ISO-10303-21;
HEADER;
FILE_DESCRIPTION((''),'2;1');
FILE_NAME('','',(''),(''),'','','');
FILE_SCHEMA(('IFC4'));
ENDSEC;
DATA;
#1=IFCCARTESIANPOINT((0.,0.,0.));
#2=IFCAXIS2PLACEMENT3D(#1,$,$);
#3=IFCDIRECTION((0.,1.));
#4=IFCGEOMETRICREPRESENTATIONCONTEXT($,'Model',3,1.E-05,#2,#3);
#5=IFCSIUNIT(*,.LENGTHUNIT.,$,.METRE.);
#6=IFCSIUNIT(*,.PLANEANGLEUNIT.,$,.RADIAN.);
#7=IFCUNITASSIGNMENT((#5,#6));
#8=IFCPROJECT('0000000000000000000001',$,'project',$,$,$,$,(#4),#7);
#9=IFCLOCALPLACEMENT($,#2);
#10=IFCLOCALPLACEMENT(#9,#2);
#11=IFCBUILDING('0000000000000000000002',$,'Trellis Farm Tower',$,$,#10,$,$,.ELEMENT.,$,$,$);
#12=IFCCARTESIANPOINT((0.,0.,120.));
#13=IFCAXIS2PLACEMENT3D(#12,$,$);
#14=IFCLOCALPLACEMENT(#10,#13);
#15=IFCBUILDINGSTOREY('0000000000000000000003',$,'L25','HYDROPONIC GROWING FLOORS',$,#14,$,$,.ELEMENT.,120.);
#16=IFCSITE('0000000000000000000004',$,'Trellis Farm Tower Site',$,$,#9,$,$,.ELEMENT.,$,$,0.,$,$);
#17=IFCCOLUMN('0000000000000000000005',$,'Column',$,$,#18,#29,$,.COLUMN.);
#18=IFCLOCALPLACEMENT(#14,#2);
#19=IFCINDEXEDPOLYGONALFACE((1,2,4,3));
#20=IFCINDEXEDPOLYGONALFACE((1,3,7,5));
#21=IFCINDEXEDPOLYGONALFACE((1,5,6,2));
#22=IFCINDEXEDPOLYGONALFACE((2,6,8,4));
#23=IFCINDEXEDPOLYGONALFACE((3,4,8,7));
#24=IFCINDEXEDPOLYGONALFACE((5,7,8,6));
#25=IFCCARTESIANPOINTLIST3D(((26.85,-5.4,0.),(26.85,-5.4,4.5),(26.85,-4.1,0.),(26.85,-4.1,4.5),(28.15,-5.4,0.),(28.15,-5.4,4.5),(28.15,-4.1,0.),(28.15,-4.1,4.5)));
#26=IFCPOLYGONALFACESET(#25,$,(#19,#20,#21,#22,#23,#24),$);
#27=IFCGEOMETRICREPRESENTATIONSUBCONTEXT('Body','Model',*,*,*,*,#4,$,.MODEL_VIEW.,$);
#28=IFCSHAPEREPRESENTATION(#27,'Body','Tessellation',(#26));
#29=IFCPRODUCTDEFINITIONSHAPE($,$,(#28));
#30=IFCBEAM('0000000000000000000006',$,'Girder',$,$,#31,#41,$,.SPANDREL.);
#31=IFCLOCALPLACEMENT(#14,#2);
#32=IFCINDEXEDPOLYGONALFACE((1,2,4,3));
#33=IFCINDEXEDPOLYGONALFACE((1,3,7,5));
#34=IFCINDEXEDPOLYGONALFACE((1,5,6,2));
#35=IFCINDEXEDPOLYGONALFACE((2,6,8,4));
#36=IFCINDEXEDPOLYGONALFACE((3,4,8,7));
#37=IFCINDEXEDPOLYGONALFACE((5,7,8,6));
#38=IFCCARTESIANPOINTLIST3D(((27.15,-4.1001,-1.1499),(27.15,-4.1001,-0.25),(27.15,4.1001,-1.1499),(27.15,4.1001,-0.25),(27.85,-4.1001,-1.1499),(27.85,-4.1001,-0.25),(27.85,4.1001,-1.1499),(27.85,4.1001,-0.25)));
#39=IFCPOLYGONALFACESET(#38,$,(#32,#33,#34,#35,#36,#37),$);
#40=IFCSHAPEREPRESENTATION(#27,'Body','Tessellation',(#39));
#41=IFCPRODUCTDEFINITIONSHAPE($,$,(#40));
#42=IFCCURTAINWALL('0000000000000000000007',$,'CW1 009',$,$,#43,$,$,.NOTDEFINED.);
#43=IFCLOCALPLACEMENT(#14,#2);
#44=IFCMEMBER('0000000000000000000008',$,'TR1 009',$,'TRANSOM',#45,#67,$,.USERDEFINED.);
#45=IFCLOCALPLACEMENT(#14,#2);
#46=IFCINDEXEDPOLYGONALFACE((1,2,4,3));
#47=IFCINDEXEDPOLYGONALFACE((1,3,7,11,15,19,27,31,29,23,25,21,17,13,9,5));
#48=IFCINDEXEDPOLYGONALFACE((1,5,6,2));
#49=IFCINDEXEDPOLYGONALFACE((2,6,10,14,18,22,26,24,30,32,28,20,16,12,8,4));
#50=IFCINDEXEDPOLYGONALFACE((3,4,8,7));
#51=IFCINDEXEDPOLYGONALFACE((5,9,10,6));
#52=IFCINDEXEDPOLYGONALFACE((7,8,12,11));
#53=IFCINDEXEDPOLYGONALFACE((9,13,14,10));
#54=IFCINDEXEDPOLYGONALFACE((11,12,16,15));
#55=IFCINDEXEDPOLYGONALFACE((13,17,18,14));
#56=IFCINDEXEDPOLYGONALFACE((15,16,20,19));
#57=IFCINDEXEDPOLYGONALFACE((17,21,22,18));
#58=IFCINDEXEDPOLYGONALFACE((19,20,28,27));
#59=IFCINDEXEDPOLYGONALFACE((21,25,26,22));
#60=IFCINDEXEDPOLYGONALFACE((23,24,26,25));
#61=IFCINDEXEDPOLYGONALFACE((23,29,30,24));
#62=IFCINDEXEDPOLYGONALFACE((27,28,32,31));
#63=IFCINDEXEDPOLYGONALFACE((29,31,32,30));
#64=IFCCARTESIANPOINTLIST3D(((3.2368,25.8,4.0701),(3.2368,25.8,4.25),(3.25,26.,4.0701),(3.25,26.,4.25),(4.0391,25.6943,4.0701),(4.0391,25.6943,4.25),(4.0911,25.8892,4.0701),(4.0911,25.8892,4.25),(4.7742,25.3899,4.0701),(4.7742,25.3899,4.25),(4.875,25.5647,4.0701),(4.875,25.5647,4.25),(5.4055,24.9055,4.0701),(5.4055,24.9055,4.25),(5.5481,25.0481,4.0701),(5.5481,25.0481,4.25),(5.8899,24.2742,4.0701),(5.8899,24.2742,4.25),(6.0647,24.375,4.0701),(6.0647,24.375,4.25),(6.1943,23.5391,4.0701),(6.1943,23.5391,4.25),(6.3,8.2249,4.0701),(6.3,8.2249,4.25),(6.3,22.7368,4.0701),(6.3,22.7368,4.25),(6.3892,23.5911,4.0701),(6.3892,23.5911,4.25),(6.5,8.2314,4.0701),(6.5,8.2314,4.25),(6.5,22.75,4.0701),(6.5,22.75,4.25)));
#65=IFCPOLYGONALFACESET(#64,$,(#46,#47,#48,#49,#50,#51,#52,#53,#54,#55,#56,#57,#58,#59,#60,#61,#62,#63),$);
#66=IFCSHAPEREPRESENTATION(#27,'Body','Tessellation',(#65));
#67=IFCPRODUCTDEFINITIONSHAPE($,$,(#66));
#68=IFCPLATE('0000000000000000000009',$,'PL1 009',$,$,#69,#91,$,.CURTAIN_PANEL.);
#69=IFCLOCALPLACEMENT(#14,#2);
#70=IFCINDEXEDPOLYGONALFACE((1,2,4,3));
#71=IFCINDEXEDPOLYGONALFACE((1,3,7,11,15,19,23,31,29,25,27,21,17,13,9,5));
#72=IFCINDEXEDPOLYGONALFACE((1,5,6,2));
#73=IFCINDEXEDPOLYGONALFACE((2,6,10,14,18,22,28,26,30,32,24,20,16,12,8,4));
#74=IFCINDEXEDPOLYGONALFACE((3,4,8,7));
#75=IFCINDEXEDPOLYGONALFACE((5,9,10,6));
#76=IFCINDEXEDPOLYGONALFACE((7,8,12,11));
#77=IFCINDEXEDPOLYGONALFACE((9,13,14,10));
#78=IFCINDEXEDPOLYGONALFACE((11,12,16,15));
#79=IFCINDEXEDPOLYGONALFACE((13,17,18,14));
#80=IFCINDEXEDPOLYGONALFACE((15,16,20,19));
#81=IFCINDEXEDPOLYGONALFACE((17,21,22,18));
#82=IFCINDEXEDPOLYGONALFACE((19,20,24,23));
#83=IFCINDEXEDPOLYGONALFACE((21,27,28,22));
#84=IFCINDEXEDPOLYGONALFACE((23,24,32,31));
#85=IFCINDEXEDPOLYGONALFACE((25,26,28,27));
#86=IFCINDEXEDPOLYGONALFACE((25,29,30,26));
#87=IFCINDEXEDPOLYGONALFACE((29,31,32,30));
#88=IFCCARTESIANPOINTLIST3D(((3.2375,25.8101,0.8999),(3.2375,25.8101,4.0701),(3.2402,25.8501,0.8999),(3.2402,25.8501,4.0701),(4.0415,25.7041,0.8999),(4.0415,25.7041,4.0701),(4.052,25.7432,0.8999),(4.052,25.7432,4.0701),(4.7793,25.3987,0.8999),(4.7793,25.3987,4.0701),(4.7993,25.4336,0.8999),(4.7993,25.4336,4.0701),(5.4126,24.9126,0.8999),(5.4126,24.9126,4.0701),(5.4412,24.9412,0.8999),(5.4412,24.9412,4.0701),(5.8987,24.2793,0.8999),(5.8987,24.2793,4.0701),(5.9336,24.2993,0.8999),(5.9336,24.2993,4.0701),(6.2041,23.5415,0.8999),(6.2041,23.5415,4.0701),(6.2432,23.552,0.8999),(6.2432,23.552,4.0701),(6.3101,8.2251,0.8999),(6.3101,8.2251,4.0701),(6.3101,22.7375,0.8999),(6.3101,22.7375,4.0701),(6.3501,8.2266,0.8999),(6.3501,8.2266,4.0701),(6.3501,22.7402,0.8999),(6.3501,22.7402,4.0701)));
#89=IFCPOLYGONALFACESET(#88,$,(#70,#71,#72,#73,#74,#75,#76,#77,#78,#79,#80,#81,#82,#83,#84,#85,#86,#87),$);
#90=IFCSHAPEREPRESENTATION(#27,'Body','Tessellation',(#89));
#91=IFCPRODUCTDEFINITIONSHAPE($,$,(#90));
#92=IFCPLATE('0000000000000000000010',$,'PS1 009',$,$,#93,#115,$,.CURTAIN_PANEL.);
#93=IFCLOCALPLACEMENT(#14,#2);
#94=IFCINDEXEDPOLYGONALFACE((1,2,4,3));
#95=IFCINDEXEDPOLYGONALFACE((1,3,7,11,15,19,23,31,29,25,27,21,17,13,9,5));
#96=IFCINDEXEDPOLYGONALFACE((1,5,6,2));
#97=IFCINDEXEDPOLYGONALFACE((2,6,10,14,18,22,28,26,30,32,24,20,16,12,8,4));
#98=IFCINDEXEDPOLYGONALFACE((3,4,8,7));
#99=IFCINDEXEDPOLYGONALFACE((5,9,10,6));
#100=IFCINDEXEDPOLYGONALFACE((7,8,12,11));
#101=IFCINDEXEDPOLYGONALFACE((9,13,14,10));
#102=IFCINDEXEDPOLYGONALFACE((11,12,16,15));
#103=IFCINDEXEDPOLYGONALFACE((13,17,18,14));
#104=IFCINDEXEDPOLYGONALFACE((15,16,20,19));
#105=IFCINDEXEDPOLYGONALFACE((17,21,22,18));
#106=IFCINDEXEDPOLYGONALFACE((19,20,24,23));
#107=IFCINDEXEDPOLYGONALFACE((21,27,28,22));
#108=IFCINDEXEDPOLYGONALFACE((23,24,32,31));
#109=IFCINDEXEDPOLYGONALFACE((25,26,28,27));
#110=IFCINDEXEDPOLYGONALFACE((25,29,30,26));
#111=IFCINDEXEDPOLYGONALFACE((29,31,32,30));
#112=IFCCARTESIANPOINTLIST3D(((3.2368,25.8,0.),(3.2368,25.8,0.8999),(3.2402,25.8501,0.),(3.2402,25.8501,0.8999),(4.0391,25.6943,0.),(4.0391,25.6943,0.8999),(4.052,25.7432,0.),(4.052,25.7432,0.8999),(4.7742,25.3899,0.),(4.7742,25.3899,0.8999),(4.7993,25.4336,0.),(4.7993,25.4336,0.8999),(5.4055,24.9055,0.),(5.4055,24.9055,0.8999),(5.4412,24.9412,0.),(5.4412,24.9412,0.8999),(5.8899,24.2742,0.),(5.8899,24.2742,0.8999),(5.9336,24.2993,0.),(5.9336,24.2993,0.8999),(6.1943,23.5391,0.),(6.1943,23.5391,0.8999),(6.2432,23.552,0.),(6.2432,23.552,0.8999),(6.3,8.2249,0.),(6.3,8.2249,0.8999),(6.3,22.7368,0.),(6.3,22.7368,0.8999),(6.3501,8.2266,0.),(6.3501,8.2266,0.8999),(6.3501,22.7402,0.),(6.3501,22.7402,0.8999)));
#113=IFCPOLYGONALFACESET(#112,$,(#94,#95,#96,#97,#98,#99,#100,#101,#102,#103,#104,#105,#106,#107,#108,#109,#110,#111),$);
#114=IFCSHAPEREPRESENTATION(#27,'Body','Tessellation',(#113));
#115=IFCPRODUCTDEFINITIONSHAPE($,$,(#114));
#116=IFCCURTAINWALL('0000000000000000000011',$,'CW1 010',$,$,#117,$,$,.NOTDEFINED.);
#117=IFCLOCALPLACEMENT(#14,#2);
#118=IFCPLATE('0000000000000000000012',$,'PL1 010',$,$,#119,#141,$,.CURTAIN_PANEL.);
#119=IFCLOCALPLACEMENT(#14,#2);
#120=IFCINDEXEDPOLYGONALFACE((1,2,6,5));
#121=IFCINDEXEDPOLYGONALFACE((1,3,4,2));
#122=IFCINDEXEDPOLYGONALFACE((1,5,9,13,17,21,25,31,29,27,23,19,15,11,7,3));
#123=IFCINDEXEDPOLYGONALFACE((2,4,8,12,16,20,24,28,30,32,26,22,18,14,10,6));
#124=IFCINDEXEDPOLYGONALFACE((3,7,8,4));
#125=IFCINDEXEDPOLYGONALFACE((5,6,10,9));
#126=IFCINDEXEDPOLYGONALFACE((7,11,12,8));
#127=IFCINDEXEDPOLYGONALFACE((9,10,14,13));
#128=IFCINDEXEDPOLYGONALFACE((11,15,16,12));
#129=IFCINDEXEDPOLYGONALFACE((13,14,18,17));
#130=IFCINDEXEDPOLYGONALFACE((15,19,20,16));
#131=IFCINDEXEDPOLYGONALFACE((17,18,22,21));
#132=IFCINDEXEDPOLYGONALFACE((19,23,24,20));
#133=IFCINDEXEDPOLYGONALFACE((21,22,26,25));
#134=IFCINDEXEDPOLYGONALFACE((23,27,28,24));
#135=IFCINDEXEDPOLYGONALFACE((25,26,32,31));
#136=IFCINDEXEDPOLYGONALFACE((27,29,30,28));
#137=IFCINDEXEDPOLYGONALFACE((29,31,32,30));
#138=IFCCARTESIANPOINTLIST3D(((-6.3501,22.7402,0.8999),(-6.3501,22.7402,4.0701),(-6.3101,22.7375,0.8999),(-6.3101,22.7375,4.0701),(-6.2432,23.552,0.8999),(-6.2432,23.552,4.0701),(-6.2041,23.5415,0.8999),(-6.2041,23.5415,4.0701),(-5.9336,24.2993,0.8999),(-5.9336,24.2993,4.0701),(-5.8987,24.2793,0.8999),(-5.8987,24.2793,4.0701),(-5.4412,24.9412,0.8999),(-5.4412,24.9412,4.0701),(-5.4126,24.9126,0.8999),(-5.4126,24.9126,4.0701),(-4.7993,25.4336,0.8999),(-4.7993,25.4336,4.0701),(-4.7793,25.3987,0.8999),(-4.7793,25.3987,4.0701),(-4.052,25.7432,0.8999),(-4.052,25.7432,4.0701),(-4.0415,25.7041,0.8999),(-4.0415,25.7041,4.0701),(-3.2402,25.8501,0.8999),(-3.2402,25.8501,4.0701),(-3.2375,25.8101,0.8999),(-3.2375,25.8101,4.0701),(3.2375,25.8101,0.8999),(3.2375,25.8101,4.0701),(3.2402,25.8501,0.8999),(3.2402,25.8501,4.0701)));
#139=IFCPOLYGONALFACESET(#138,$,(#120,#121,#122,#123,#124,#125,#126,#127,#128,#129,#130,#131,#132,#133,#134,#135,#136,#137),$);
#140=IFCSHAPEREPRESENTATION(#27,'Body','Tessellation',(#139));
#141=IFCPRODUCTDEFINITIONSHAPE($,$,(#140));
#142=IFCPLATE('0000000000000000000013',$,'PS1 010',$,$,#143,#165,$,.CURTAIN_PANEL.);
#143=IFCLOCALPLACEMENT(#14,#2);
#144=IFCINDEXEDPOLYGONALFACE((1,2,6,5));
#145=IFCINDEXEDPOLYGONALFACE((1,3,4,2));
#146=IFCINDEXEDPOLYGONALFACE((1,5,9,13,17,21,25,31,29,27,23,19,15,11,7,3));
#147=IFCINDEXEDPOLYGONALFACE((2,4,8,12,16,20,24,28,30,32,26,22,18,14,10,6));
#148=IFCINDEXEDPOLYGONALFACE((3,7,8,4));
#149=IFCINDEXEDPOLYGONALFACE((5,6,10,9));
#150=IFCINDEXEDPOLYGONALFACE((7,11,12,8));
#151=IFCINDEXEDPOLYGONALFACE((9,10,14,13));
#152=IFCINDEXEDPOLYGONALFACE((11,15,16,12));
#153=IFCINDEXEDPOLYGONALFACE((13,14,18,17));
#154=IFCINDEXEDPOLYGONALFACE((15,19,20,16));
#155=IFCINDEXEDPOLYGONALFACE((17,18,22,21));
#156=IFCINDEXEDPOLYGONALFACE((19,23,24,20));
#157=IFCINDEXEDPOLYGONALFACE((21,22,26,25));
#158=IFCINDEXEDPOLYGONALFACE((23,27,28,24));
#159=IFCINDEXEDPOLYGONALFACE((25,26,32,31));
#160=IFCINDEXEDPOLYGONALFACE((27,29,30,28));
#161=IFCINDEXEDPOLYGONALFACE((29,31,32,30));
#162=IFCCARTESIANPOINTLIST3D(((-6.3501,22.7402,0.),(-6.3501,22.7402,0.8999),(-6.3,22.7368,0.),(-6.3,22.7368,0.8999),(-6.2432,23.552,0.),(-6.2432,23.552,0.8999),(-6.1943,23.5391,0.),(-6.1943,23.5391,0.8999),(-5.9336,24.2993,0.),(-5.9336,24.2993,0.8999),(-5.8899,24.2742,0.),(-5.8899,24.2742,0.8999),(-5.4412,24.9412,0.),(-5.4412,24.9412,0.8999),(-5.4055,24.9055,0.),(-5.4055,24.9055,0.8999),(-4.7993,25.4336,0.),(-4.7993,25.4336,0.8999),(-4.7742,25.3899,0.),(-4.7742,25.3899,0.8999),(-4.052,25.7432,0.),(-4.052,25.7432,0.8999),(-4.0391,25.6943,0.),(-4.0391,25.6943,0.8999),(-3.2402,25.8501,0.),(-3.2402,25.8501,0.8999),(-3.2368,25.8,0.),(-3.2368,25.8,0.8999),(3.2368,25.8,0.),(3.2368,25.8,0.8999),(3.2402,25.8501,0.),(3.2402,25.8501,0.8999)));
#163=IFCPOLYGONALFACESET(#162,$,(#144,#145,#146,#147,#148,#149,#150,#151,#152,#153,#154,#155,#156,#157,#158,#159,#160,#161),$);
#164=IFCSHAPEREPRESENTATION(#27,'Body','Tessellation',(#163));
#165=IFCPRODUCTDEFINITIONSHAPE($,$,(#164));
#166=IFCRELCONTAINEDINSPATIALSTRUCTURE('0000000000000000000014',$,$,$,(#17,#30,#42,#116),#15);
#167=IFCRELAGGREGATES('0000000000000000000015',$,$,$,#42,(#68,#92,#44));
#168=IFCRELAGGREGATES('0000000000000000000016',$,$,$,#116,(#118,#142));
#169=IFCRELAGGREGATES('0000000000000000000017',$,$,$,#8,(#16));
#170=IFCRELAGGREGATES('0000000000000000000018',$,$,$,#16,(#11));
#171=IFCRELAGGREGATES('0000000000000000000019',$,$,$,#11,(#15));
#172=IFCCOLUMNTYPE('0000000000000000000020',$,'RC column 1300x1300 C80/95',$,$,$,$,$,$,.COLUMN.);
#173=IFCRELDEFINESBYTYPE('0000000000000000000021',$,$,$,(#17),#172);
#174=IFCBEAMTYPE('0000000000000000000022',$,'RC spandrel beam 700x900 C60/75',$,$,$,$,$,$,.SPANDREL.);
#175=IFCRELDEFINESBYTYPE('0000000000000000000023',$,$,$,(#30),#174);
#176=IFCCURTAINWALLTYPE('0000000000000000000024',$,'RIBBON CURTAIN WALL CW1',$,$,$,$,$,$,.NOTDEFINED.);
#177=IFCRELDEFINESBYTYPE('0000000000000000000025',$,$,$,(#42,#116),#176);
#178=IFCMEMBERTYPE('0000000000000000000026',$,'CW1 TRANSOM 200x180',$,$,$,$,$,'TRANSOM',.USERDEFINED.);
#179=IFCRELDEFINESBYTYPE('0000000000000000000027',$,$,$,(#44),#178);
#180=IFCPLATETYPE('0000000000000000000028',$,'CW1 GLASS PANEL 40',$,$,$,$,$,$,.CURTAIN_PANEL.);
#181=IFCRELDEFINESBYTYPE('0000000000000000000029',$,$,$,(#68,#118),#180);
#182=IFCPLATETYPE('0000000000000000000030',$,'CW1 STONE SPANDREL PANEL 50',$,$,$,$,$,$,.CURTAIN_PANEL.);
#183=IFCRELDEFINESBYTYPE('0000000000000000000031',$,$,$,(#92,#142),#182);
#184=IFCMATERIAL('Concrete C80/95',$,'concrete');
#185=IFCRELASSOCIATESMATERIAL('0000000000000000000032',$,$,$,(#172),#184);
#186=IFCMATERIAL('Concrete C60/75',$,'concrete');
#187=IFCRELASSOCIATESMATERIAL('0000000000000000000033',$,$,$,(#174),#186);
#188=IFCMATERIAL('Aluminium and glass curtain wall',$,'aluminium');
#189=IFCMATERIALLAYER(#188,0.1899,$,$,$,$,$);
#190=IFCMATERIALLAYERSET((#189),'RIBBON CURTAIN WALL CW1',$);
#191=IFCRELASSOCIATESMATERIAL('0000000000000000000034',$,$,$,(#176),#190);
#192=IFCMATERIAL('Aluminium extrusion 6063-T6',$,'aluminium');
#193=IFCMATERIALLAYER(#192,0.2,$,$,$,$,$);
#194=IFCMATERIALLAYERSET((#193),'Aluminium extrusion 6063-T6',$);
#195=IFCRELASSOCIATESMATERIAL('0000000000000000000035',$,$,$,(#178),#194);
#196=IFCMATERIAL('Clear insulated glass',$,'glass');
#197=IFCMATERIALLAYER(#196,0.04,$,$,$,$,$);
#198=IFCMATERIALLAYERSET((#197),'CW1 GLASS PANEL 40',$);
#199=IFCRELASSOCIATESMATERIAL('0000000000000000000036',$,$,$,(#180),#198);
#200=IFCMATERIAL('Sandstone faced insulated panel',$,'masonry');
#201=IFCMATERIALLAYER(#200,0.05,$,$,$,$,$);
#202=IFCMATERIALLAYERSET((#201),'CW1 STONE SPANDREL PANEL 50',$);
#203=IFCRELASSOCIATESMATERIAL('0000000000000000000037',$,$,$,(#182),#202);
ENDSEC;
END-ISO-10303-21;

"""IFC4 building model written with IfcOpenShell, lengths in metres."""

from ifc_helpers import new_model, si_unit, direction, frame, origin, origin_2d, place, context, subcontext, project, spatial, polyline, rectangle, outline, extrude, source, transform, mapped, material, layer, layer_set, material_profile, profile_set, type_object, element, aggregate, save


model = new_model("IFC4")

# Units and contexts
model_context = context("Model", 3, precision=1e-05, world=origin(), true_north=direction((0.0, 1.0)))
body_context = subcontext(model_context, "Body", "Model", "MODEL_VIEW")
ifc_project = project(units=[si_unit("LENGTHUNIT", "METRE"), si_unit("PLANEANGLEUNIT", "RADIAN")], contexts=[model_context])

# Site, building, storey
site_placement = place(None, origin())
site = spatial("IfcSite", under=ifc_project, at=site_placement, Name="Trellis Farm Tower Site", CompositionType="ELEMENT", RefElevation=0.0)
building_placement = place(site_placement, origin())
building = spatial("IfcBuilding", under=site, at=building_placement, Name="Trellis Farm Tower", CompositionType="ELEMENT")
storey_placement = place(building_placement, frame((0.0, 0.0, 120.0)))
storey = spatial("IfcBuildingStorey", under=building, at=storey_placement, Name="L25", Description="HYDROPONIC GROWING FLOORS", CompositionType="ELEMENT", Elevation=120.0)

# Column
ifc_material_1 = material(Name="Concrete C80/95", Category="concrete")
ifc_material_profile_1 = material_profile(ifc_material_1, rectangle(XDim=1.3, YDim=1.3, at=origin_2d()), Name="RC column 1300x1300 C80/95")
ifc_profile_set_1 = profile_set([ifc_material_profile_1], Name="Concrete C80/95")
column_type = type_object("IfcColumnType", Name="RC column 1300x1300 C80/95", PredefinedType="COLUMN", material=ifc_profile_set_1)
shared_shape_1 = source(origin(), body_context, "Body", "SweptSolid", [
    extrude(rectangle(XDim=1.3, YDim=1.3, at=origin_2d()), origin(), (0.0, 0.0, 1.0), 4.5),
])
column_placement = place(storey_placement, frame((27.5, -4.75, 0.0), z_axis=(0.0, 0.0, 1.0), x_axis=(1.0, 0.0, 0.0)))
element("IfcColumn", 1, at=column_placement, inside=storey, type_object=column_type, Name="Column", PredefinedType="COLUMN", context=body_context, shape_type="MappedRepresentation", body=[
    mapped(shared_shape_1, transform((0.0, 0.0, 0.0))),
])

# Beam
ifc_material_2 = material(Name="Concrete C60/75", Category="concrete")
ifc_material_profile_2 = material_profile(ifc_material_2, rectangle(XDim=0.7, YDim=0.8999, at=origin_2d()), Name="RC spandrel beam 700x900 C60/75")
ifc_profile_set_2 = profile_set([ifc_material_profile_2], Name="Concrete C60/75")
beam_type = type_object("IfcBeamType", Name="RC spandrel beam 700x900 C60/75", PredefinedType="SPANDREL", material=ifc_profile_set_2)
shared_shape_2 = source(origin(), body_context, "Body", "SweptSolid", [
    extrude(rectangle(XDim=0.7, YDim=0.8999, at=origin_2d()), origin(), (0.0, 0.0, 1.0), 8.2002),
])
beam_placement = place(storey_placement, frame((27.5, -4.1001, -0.7), z_axis=(0.0, 1.0, 0.0), x_axis=(-1.0, 0.0, 0.0)))
element("IfcBeam", 2, at=beam_placement, inside=storey, type_object=beam_type, Name="Girder", PredefinedType="SPANDREL", context=body_context, shape_type="MappedRepresentation", body=[
    mapped(shared_shape_2, transform((0.0, 0.0, 0.0))),
])

# Curtain wall, member, plates
ifc_material_3 = material(Name="Aluminium and glass curtain wall", Category="aluminium")
ifc_layer_1 = layer(ifc_material_3, 0.1899)
ifc_layer_set_1 = layer_set([ifc_layer_1], Name="RIBBON CURTAIN WALL CW1")
curtain_wall_type = type_object("IfcCurtainWallType", Name="RIBBON CURTAIN WALL CW1", PredefinedType="NOTDEFINED", material=ifc_layer_set_1)
placement_1 = place(storey_placement, origin())
curtain_wall_1 = element("IfcCurtainWall", 3, at=placement_1, inside=storey, type_object=curtain_wall_type, Name="CW1 009", PredefinedType="NOTDEFINED")
ifc_material_4 = material(Name="Aluminium extrusion 6063-T6", Category="aluminium")
ifc_layer_2 = layer(ifc_material_4, 0.2)
ifc_layer_set_2 = layer_set([ifc_layer_2], Name="Aluminium extrusion 6063-T6")
member_type = type_object("IfcMemberType", Name="CW1 TRANSOM 200x180", ElementType="TRANSOM", PredefinedType="USERDEFINED", material=ifc_layer_set_2)
shared_shape_3 = source(origin(), body_context, "Body", "SweptSolid", [
    extrude(outline(polyline([(6.5, 8.2314), (6.5, 22.75), (6.3892, 23.5911), (6.0647, 24.375), (5.5481, 25.0481), (4.875, 25.5647), (4.0911, 25.8892), (3.25, 26.0), (3.2368, 25.8), (4.0391, 25.6943), (4.7742, 25.3899), (5.4055, 24.9055), (5.8899, 24.2742), (6.1943, 23.5391), (6.3, 22.7368), (6.3, 8.2249), (6.5, 8.2314)])), origin(), (0.0, 0.0, 1.0), 0.1799),
])
member_placement = place(storey_placement, frame((0.0, 0.0, 4.0701)))
member = element("IfcMember", 4, at=member_placement, type_object=member_type, Name="TR1 009", ObjectType="TRANSOM", PredefinedType="USERDEFINED", context=body_context, shape_type="MappedRepresentation", body=[
    mapped(shared_shape_3, transform((0.0, 0.0, 0.0))),
])
ifc_material_5 = material(Name="Clear insulated glass", Category="glass")
ifc_layer_3 = layer(ifc_material_5, 0.04)
ifc_layer_set_3 = layer_set([ifc_layer_3], Name="CW1 GLASS PANEL 40")
plate_type_1 = type_object("IfcPlateType", Name="CW1 GLASS PANEL 40", PredefinedType="CURTAIN_PANEL", material=ifc_layer_set_3)
shared_shape_4 = source(origin(), body_context, "Body", "SweptSolid", [
    extrude(outline(polyline([(6.3501, 8.2266), (6.3501, 22.7402), (6.2432, 23.552), (5.9336, 24.2993), (5.4412, 24.9412), (4.7993, 25.4336), (4.052, 25.7432), (3.2402, 25.8501), (3.2375, 25.8101), (4.0415, 25.7041), (4.7793, 25.3987), (5.4126, 24.9126), (5.8987, 24.2793), (6.2041, 23.5415), (6.3101, 22.7375), (6.3101, 8.2251), (6.3501, 8.2266)])), origin(), (0.0, 0.0, 1.0), 3.1702),
])
placement_2 = place(storey_placement, frame((0.0, 0.0, 0.8999)))
plate_1 = element("IfcPlate", 5, at=placement_2, type_object=plate_type_1, Name="PL1 009", PredefinedType="CURTAIN_PANEL", context=body_context, shape_type="MappedRepresentation", body=[
    mapped(shared_shape_4, transform((0.0, 0.0, 0.0))),
])
ifc_material_6 = material(Name="Sandstone faced insulated panel", Category="masonry")
ifc_layer_4 = layer(ifc_material_6, 0.05)
ifc_layer_set_4 = layer_set([ifc_layer_4], Name="CW1 STONE SPANDREL PANEL 50")
plate_type_2 = type_object("IfcPlateType", Name="CW1 STONE SPANDREL PANEL 50", PredefinedType="CURTAIN_PANEL", material=ifc_layer_set_4)
shared_shape_5 = source(origin(), body_context, "Body", "SweptSolid", [
    extrude(outline(polyline([(6.3501, 8.2266), (6.3501, 22.7402), (6.2432, 23.552), (5.9336, 24.2993), (5.4412, 24.9412), (4.7993, 25.4336), (4.052, 25.7432), (3.2402, 25.8501), (3.2368, 25.8), (4.0391, 25.6943), (4.7742, 25.3899), (5.4055, 24.9055), (5.8899, 24.2742), (6.1943, 23.5391), (6.3, 22.7368), (6.3, 8.2249), (6.3501, 8.2266)])), origin(), (0.0, 0.0, 1.0), 0.8999),
])
plate_2 = element("IfcPlate", 6, at=placement_1, type_object=plate_type_2, Name="PS1 009", PredefinedType="CURTAIN_PANEL", context=body_context, shape_type="MappedRepresentation", body=[
    mapped(shared_shape_5, transform((0.0, 0.0, 0.0))),
])
aggregate(curtain_wall_1, [plate_1, plate_2, member])

# Curtain wall, plates
curtain_wall_2 = element("IfcCurtainWall", 7, at=placement_1, inside=storey, type_object=curtain_wall_type, Name="CW1 010", PredefinedType="NOTDEFINED")
shared_shape_6 = source(origin(), body_context, "Body", "SweptSolid", [
    extrude(outline(polyline([(3.2402, 25.8501), (-3.2402, 25.8501), (-4.052, 25.7432), (-4.7993, 25.4336), (-5.4412, 24.9412), (-5.9336, 24.2993), (-6.2432, 23.552), (-6.3501, 22.7402), (-6.3101, 22.7375), (-6.2041, 23.5415), (-5.8987, 24.2793), (-5.4126, 24.9126), (-4.7793, 25.3987), (-4.0415, 25.7041), (-3.2375, 25.8101), (3.2375, 25.8101), (3.2402, 25.8501)])), origin(), (0.0, 0.0, 1.0), 3.1702),
])
plate_3 = element("IfcPlate", 8, at=placement_2, type_object=plate_type_1, Name="PL1 010", PredefinedType="CURTAIN_PANEL", context=body_context, shape_type="MappedRepresentation", body=[
    mapped(shared_shape_6, transform((0.0, 0.0, 0.0))),
])
shared_shape_7 = source(origin(), body_context, "Body", "SweptSolid", [
    extrude(outline(polyline([(3.2402, 25.8501), (-3.2402, 25.8501), (-4.052, 25.7432), (-4.7993, 25.4336), (-5.4412, 24.9412), (-5.9336, 24.2993), (-6.2432, 23.552), (-6.3501, 22.7402), (-6.3, 22.7368), (-6.1943, 23.5391), (-5.8899, 24.2742), (-5.4055, 24.9055), (-4.7742, 25.3899), (-4.0391, 25.6943), (-3.2368, 25.8), (3.2368, 25.8), (3.2402, 25.8501)])), origin(), (0.0, 0.0, 1.0), 0.8999),
])
plate_4 = element("IfcPlate", 9, at=placement_1, type_object=plate_type_2, Name="PS1 010", PredefinedType="CURTAIN_PANEL", context=body_context, shape_type="MappedRepresentation", body=[
    mapped(shared_shape_7, transform((0.0, 0.0, 0.0))),
])
aggregate(curtain_wall_2, [plate_3, plate_4])

save(model, "model.ifc")
